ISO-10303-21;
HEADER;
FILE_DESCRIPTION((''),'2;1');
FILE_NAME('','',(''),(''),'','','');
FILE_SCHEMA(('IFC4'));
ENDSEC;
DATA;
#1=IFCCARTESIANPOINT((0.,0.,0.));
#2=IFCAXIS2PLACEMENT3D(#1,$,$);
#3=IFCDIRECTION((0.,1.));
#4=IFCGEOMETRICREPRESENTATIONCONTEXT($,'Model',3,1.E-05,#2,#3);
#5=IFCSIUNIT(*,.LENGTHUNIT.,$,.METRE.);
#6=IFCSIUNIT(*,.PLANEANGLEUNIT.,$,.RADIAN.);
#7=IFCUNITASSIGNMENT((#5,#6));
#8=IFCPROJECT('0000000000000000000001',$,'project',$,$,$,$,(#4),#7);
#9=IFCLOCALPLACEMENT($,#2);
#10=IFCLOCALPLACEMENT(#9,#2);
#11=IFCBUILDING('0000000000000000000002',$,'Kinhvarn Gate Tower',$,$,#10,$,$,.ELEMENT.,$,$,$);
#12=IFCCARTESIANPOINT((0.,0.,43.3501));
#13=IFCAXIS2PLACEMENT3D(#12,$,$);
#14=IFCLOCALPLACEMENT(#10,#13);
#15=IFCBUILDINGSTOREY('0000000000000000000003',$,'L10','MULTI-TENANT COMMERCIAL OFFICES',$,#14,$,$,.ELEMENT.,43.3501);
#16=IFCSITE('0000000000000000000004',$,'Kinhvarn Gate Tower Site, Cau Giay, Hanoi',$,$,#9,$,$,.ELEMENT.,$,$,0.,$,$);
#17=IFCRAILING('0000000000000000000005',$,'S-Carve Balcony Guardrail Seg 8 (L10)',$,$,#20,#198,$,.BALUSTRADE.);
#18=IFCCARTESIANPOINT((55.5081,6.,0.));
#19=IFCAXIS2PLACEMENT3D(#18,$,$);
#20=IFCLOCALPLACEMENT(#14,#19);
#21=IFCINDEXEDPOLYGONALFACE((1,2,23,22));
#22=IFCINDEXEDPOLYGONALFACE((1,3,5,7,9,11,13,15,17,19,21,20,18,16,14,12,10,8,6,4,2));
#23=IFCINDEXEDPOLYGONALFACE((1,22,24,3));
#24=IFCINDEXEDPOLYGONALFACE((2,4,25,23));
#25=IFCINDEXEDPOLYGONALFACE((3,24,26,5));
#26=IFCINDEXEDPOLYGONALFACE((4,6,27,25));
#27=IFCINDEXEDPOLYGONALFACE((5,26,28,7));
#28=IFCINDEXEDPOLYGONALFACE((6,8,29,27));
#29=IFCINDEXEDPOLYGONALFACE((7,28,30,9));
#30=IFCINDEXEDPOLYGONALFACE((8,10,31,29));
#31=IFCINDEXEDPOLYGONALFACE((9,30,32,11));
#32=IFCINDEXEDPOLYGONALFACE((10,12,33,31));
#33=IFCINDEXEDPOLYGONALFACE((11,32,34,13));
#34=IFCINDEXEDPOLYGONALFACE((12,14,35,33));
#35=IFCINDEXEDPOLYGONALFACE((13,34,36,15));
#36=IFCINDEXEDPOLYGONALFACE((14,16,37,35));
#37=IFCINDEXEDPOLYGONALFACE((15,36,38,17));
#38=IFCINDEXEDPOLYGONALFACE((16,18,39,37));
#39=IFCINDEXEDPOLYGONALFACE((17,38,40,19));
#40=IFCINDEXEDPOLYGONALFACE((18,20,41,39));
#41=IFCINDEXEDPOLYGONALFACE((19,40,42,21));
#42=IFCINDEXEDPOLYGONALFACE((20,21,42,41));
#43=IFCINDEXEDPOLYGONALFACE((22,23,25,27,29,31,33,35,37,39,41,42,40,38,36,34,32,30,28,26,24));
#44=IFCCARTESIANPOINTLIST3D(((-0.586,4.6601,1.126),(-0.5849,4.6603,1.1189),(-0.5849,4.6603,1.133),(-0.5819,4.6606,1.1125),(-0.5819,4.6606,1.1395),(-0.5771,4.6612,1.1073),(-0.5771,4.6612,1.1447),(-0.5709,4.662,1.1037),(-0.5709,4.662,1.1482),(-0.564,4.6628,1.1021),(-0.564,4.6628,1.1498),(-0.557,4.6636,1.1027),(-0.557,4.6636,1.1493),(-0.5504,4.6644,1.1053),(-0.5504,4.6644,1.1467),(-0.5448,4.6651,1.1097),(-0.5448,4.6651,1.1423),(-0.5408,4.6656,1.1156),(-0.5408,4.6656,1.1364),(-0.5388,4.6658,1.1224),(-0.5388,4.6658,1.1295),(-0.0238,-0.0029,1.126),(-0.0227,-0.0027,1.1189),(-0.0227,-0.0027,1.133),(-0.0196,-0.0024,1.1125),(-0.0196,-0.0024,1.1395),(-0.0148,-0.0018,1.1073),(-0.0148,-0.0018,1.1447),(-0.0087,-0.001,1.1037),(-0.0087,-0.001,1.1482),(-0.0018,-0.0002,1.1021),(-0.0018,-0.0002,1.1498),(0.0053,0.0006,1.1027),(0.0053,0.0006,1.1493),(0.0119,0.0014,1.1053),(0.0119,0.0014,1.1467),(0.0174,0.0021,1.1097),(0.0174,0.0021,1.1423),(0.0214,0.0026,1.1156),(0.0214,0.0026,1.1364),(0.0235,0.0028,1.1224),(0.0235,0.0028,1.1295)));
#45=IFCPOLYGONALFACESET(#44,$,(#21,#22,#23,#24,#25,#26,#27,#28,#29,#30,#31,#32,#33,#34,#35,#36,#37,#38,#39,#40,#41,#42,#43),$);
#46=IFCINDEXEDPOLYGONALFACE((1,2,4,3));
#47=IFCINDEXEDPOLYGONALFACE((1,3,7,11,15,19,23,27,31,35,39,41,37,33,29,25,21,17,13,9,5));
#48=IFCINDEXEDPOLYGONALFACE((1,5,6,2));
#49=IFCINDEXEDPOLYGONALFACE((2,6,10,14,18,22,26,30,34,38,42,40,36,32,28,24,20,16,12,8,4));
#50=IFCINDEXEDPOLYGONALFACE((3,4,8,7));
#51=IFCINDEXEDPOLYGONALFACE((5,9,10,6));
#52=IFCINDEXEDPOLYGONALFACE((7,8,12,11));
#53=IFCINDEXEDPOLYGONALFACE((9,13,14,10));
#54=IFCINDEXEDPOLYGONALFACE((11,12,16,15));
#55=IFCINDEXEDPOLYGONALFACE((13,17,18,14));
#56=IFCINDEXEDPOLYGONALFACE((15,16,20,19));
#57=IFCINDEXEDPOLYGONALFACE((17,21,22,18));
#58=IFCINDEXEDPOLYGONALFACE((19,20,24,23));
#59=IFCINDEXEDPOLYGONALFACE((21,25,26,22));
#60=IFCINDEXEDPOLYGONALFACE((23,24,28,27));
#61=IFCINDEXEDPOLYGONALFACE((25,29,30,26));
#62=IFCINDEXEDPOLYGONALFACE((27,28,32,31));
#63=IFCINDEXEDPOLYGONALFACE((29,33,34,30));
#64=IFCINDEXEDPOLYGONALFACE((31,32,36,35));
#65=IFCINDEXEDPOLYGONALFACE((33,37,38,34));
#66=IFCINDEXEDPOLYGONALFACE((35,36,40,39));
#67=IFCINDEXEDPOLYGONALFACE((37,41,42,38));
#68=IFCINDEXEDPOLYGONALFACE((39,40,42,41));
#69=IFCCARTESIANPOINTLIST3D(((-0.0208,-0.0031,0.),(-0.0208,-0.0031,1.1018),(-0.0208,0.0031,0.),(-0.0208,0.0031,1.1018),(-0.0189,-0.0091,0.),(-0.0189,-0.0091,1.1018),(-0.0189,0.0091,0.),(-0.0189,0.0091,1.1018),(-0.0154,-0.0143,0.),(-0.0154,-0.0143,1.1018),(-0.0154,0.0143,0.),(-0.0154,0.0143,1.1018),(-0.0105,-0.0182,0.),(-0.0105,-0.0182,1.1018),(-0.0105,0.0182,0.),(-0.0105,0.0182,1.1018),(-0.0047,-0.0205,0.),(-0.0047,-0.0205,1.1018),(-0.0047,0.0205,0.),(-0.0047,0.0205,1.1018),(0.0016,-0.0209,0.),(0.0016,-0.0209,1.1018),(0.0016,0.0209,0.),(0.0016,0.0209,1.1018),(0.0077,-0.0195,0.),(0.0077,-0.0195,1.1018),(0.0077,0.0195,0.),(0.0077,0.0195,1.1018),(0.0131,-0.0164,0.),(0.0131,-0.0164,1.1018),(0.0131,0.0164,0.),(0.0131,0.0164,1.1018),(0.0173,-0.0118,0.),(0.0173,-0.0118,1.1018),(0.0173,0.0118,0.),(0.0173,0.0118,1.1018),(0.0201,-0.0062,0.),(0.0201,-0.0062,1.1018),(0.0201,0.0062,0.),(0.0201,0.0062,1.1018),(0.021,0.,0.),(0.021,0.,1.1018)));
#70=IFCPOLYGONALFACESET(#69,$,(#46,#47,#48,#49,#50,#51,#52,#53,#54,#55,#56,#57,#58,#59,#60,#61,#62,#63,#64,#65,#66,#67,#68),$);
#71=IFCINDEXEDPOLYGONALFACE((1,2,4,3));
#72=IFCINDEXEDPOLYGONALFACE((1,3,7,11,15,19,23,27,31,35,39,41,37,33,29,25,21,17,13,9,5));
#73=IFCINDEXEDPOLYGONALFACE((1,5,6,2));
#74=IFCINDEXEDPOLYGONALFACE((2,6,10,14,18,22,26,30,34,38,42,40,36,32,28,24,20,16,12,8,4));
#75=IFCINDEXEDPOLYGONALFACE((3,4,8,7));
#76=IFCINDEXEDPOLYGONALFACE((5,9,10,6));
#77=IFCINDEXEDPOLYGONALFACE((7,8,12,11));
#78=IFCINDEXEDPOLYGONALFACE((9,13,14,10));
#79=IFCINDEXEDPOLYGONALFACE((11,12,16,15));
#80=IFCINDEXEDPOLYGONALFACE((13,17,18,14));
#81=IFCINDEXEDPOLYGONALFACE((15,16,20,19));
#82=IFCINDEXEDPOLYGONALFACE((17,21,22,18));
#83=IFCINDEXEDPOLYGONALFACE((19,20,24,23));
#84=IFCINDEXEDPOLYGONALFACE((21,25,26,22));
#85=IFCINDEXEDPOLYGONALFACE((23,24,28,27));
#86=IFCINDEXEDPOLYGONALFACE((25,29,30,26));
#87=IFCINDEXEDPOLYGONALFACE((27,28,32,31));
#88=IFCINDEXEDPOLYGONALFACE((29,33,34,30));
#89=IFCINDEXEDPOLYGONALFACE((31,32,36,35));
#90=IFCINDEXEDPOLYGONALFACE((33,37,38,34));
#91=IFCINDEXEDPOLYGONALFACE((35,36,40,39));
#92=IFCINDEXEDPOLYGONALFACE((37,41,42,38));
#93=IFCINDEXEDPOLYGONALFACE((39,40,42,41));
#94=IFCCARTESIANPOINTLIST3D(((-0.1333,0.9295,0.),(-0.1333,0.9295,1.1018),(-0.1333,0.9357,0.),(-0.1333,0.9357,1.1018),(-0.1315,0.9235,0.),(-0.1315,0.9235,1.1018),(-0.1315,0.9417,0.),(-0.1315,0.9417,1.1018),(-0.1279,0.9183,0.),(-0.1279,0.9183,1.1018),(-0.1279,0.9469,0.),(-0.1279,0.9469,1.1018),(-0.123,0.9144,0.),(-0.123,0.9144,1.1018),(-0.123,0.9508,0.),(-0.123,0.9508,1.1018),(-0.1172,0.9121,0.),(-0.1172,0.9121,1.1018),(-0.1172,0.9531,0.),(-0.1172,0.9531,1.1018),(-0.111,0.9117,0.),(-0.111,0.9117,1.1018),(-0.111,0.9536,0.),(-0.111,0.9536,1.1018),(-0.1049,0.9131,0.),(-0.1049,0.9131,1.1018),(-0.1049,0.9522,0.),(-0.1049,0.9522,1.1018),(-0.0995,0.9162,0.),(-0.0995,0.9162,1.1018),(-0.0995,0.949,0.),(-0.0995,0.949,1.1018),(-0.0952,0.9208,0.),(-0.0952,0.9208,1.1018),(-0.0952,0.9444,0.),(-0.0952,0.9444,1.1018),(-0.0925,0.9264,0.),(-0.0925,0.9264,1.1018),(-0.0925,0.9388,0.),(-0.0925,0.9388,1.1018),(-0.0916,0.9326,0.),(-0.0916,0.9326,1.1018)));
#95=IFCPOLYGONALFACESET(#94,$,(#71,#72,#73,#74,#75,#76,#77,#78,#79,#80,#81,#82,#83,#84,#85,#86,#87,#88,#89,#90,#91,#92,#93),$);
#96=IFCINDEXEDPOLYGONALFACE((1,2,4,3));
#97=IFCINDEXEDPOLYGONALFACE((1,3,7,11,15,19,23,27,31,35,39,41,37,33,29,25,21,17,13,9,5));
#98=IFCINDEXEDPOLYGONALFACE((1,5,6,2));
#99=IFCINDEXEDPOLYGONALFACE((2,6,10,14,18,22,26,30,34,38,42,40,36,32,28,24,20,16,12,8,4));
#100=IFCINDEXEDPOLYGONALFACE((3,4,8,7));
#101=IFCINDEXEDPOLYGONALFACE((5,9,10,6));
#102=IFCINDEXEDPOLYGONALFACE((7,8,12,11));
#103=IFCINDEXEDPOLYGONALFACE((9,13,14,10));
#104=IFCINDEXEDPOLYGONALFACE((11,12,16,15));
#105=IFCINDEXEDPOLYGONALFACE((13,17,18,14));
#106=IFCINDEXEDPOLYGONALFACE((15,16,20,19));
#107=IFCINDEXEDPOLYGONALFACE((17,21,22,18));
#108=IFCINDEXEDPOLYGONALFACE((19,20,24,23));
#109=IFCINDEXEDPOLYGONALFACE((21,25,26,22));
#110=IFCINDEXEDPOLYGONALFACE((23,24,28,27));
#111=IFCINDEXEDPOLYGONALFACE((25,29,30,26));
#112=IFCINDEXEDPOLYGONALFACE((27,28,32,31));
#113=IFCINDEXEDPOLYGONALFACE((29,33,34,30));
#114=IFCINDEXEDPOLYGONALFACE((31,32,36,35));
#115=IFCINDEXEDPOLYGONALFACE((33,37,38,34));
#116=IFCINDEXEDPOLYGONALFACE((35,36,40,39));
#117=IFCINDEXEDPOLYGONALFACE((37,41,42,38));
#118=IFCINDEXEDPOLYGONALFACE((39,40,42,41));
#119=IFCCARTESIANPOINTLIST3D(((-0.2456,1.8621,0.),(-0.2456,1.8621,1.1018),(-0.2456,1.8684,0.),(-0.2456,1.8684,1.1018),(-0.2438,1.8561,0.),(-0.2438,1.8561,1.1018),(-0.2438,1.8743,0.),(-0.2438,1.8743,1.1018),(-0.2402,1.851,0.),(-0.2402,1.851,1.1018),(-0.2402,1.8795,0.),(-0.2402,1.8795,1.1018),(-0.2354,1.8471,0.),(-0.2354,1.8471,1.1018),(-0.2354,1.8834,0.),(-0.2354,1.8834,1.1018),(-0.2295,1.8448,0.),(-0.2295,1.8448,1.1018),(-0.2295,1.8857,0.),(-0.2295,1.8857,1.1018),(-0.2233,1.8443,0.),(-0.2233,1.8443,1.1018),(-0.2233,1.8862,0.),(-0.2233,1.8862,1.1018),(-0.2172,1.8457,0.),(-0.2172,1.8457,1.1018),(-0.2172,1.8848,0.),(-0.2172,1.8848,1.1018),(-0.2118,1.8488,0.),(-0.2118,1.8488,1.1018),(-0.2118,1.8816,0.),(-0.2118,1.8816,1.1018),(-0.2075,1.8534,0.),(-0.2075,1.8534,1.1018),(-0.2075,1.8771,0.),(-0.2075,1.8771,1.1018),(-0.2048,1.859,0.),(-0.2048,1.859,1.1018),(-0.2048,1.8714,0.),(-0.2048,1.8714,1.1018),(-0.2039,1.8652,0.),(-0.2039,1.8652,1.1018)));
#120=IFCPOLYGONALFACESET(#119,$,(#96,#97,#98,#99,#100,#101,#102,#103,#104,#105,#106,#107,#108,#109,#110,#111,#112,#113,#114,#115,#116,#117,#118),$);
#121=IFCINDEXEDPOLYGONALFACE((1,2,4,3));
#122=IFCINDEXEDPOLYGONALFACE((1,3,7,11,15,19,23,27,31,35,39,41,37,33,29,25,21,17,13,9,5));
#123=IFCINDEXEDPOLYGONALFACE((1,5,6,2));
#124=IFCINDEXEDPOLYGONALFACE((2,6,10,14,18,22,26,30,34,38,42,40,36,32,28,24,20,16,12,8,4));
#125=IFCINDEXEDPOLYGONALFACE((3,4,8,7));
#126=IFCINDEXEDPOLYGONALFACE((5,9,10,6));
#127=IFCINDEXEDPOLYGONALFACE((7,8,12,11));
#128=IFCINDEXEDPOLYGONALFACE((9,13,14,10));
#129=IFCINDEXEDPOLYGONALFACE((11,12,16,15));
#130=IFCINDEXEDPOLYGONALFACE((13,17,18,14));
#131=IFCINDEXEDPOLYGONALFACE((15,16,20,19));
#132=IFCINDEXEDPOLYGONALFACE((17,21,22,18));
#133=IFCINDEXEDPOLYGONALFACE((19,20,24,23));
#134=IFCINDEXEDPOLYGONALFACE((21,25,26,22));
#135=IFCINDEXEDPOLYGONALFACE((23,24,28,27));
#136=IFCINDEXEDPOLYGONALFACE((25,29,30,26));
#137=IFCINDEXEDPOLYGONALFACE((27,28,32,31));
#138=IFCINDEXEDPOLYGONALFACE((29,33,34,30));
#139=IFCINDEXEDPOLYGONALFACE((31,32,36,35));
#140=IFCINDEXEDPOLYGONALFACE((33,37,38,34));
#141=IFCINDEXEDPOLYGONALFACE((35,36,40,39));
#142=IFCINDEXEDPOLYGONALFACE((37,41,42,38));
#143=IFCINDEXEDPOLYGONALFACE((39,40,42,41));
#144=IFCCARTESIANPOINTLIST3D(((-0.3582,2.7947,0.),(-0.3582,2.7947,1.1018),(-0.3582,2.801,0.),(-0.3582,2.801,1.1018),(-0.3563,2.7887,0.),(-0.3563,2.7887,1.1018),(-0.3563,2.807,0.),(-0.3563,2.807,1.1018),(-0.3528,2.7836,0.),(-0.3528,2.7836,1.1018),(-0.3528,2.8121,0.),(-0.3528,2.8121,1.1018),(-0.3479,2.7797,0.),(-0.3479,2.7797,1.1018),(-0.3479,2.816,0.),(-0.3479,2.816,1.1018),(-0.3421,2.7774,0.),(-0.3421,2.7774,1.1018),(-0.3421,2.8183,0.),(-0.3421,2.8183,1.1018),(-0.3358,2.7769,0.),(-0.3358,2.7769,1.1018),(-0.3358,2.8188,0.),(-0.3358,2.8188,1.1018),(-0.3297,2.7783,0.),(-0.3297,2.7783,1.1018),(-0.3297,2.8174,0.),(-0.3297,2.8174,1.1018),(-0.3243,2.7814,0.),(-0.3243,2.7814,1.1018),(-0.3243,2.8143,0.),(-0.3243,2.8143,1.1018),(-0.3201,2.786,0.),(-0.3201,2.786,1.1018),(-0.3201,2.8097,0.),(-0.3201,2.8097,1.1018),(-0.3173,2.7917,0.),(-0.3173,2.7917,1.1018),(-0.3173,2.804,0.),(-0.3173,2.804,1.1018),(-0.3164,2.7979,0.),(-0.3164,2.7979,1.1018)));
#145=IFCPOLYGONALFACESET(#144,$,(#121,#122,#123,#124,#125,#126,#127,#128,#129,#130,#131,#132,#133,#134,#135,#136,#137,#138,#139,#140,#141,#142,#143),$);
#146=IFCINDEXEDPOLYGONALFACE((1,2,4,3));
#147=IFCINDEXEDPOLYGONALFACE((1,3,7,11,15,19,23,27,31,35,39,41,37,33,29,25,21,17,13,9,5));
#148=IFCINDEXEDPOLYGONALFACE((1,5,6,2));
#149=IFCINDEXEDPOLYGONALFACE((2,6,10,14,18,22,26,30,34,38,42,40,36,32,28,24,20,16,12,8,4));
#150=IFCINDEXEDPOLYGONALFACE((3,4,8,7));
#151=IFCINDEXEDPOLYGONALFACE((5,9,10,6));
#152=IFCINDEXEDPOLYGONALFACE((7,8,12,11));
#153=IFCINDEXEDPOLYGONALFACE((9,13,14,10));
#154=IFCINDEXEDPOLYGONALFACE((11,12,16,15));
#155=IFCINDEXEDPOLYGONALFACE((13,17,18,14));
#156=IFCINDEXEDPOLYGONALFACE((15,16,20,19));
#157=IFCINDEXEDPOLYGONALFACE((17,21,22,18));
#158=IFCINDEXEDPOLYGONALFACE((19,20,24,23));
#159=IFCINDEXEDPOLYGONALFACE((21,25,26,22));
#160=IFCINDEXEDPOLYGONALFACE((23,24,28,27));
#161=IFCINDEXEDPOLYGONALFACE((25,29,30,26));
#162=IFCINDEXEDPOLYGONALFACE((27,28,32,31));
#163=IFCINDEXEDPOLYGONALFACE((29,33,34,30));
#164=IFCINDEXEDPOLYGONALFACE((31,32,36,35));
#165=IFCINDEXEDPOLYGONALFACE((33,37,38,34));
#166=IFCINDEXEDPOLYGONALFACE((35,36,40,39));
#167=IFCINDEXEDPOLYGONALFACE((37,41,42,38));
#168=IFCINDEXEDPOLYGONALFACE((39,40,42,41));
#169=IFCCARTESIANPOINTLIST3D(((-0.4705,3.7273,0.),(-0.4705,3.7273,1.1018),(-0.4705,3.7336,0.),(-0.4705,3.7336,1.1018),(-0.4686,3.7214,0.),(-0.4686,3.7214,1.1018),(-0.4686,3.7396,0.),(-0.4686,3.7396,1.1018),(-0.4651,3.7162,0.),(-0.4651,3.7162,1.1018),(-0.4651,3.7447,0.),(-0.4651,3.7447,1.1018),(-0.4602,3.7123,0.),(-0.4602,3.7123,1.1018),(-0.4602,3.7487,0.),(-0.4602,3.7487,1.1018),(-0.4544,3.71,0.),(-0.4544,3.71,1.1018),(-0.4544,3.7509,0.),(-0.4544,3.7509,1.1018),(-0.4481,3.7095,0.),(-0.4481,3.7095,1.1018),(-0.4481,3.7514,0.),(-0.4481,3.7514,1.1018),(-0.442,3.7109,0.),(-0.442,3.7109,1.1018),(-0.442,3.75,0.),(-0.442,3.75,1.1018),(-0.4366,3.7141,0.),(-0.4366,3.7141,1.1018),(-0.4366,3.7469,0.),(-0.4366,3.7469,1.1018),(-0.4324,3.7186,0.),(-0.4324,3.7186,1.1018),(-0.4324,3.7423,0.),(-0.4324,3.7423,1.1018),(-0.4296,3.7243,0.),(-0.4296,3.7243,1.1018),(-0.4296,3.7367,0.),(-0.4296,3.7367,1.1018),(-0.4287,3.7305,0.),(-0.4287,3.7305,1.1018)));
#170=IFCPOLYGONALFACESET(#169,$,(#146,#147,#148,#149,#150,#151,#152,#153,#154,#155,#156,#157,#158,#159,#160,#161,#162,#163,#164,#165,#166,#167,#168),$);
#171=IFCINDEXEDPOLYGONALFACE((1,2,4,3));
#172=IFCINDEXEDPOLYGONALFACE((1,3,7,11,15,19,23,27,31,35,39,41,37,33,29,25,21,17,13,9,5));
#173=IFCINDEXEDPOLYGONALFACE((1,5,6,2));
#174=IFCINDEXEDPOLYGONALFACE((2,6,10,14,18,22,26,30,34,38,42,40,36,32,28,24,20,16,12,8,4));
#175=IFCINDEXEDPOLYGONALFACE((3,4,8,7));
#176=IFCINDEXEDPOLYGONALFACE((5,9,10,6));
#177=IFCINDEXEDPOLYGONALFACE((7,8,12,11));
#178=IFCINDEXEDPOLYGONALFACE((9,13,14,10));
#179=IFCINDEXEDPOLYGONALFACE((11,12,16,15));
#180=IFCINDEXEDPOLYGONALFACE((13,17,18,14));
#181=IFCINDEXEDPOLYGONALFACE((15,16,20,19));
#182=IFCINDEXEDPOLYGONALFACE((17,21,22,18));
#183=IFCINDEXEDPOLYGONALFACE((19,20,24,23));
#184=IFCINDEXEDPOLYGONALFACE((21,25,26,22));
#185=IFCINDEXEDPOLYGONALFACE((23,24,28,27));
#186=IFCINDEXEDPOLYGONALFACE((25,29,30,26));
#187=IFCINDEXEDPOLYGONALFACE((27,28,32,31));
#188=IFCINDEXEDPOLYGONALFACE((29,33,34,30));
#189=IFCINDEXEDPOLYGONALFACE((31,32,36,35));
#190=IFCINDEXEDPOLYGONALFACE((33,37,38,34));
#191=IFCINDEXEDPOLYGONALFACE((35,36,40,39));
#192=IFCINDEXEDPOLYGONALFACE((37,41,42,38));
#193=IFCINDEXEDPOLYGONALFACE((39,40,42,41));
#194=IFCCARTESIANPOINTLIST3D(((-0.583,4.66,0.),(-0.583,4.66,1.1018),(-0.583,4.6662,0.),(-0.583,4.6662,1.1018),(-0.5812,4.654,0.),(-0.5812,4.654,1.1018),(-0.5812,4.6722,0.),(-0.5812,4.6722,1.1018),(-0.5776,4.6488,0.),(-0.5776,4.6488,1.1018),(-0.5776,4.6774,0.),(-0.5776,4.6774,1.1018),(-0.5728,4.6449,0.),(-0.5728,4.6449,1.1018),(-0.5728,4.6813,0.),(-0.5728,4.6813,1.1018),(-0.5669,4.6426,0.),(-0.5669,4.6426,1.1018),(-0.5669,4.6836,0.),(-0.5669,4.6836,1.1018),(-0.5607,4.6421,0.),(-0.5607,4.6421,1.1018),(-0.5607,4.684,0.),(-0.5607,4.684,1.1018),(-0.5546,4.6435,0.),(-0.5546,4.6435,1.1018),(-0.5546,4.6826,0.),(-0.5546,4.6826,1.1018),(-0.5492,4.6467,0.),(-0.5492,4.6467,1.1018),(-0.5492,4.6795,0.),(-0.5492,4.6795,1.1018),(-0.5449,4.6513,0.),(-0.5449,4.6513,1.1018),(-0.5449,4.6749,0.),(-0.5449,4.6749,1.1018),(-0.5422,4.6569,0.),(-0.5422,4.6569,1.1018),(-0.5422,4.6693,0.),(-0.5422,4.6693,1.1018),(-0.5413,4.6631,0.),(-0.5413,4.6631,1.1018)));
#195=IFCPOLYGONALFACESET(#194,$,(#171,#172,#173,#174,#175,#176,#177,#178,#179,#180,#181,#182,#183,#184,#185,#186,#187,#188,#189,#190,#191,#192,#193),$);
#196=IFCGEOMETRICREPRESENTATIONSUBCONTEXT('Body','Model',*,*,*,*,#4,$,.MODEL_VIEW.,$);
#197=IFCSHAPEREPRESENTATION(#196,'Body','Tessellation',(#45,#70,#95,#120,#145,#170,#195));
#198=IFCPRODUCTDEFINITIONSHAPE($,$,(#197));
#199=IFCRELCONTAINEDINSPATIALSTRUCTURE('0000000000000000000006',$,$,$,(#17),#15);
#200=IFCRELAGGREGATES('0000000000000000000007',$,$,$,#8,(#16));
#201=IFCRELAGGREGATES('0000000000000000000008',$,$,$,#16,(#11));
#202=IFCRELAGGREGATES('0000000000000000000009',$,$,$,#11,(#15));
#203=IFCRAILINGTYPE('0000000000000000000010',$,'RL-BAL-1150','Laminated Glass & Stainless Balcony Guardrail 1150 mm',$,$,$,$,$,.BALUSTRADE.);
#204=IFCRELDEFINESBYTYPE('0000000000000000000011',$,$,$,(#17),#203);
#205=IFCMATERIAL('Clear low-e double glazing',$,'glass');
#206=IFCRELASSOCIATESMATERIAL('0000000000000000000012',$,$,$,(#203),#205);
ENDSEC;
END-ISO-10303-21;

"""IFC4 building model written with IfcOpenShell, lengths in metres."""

from ifc_helpers import new_model, si_unit, direction, frame, origin, origin_2d, place, context, subcontext, project, spatial, circle, extrude, material, type_object, element, save


model = new_model("IFC4")

# Units and contexts
model_context = context("Model", 3, precision=1e-05, world=origin(), true_north=direction((0.0, 1.0)))
body_context = subcontext(model_context, "Body", "Model", "MODEL_VIEW")
ifc_project = project(units=[si_unit("LENGTHUNIT", "METRE"), si_unit("PLANEANGLEUNIT", "RADIAN")], contexts=[model_context])

# Site, building, storey
site_placement = place(None, origin())
site = spatial("IfcSite", under=ifc_project, at=site_placement, Name="Kinhvarn Gate Tower Site, Cau Giay, Hanoi", CompositionType="ELEMENT", RefElevation=0.0)
building_placement = place(site_placement, origin())
building = spatial("IfcBuilding", under=site, at=building_placement, Name="Kinhvarn Gate Tower", CompositionType="ELEMENT")
storey_placement = place(building_placement, frame((0.0, 0.0, 43.3501)))
storey = spatial("IfcBuildingStorey", under=building, at=storey_placement, Name="L10", Description="MULTI-TENANT COMMERCIAL OFFICES", CompositionType="ELEMENT", Elevation=43.3501)

# Shared definitions
ifc_material_1 = material(Name="Clear low-e double glazing", Category="glass")

# Railing
railing_type = type_object("IfcRailingType", Name="RL-BAL-1150", Description="Laminated Glass & Stainless Balcony Guardrail 1150 mm", PredefinedType="BALUSTRADE", material=ifc_material_1)
railing_1_placement = place(storey_placement, frame((55.5081, 6.0, 0.0)))
element("IfcRailing", 1, at=railing_1_placement, inside=storey, type_object=railing_type, Name="S-Carve Balcony Guardrail Seg 8 (L10)", PredefinedType="BALUSTRADE", context=body_context, shape_type="SweptSolid", body=[
    extrude(circle(Radius=0.0239, at=origin_2d()), frame((0.0, 0.0, 1.126), z_axis=(-0.119709, 0.992809, 0.0), x_axis=(-0.992809, -0.119709, 0.0)), (0.0, 0.0, 1.0), 4.6968),
    extrude(circle(Radius=0.021, at=origin_2d()), origin(), (0.0, 0.0, 1.0), 1.1018),
    extrude(circle(Radius=0.021, at=origin_2d()), frame((-0.1125, 0.9326, 0.0)), (0.0, 0.0, 1.0), 1.1018),
    extrude(circle(Radius=0.021, at=origin_2d()), frame((-0.2249, 1.8652, 0.0)), (0.0, 0.0, 1.0), 1.1018),
    extrude(circle(Radius=0.021, at=origin_2d()), frame((-0.3374, 2.7979, 0.0)), (0.0, 0.0, 1.0), 1.1018),
    extrude(circle(Radius=0.021, at=origin_2d()), frame((-0.4497, 3.7305, 0.0)), (0.0, 0.0, 1.0), 1.1018),
    extrude(circle(Radius=0.021, at=origin_2d()), frame((-0.5623, 4.6631, 0.0)), (0.0, 0.0, 1.0), 1.1018),
])

save(model, "model.ifc")
